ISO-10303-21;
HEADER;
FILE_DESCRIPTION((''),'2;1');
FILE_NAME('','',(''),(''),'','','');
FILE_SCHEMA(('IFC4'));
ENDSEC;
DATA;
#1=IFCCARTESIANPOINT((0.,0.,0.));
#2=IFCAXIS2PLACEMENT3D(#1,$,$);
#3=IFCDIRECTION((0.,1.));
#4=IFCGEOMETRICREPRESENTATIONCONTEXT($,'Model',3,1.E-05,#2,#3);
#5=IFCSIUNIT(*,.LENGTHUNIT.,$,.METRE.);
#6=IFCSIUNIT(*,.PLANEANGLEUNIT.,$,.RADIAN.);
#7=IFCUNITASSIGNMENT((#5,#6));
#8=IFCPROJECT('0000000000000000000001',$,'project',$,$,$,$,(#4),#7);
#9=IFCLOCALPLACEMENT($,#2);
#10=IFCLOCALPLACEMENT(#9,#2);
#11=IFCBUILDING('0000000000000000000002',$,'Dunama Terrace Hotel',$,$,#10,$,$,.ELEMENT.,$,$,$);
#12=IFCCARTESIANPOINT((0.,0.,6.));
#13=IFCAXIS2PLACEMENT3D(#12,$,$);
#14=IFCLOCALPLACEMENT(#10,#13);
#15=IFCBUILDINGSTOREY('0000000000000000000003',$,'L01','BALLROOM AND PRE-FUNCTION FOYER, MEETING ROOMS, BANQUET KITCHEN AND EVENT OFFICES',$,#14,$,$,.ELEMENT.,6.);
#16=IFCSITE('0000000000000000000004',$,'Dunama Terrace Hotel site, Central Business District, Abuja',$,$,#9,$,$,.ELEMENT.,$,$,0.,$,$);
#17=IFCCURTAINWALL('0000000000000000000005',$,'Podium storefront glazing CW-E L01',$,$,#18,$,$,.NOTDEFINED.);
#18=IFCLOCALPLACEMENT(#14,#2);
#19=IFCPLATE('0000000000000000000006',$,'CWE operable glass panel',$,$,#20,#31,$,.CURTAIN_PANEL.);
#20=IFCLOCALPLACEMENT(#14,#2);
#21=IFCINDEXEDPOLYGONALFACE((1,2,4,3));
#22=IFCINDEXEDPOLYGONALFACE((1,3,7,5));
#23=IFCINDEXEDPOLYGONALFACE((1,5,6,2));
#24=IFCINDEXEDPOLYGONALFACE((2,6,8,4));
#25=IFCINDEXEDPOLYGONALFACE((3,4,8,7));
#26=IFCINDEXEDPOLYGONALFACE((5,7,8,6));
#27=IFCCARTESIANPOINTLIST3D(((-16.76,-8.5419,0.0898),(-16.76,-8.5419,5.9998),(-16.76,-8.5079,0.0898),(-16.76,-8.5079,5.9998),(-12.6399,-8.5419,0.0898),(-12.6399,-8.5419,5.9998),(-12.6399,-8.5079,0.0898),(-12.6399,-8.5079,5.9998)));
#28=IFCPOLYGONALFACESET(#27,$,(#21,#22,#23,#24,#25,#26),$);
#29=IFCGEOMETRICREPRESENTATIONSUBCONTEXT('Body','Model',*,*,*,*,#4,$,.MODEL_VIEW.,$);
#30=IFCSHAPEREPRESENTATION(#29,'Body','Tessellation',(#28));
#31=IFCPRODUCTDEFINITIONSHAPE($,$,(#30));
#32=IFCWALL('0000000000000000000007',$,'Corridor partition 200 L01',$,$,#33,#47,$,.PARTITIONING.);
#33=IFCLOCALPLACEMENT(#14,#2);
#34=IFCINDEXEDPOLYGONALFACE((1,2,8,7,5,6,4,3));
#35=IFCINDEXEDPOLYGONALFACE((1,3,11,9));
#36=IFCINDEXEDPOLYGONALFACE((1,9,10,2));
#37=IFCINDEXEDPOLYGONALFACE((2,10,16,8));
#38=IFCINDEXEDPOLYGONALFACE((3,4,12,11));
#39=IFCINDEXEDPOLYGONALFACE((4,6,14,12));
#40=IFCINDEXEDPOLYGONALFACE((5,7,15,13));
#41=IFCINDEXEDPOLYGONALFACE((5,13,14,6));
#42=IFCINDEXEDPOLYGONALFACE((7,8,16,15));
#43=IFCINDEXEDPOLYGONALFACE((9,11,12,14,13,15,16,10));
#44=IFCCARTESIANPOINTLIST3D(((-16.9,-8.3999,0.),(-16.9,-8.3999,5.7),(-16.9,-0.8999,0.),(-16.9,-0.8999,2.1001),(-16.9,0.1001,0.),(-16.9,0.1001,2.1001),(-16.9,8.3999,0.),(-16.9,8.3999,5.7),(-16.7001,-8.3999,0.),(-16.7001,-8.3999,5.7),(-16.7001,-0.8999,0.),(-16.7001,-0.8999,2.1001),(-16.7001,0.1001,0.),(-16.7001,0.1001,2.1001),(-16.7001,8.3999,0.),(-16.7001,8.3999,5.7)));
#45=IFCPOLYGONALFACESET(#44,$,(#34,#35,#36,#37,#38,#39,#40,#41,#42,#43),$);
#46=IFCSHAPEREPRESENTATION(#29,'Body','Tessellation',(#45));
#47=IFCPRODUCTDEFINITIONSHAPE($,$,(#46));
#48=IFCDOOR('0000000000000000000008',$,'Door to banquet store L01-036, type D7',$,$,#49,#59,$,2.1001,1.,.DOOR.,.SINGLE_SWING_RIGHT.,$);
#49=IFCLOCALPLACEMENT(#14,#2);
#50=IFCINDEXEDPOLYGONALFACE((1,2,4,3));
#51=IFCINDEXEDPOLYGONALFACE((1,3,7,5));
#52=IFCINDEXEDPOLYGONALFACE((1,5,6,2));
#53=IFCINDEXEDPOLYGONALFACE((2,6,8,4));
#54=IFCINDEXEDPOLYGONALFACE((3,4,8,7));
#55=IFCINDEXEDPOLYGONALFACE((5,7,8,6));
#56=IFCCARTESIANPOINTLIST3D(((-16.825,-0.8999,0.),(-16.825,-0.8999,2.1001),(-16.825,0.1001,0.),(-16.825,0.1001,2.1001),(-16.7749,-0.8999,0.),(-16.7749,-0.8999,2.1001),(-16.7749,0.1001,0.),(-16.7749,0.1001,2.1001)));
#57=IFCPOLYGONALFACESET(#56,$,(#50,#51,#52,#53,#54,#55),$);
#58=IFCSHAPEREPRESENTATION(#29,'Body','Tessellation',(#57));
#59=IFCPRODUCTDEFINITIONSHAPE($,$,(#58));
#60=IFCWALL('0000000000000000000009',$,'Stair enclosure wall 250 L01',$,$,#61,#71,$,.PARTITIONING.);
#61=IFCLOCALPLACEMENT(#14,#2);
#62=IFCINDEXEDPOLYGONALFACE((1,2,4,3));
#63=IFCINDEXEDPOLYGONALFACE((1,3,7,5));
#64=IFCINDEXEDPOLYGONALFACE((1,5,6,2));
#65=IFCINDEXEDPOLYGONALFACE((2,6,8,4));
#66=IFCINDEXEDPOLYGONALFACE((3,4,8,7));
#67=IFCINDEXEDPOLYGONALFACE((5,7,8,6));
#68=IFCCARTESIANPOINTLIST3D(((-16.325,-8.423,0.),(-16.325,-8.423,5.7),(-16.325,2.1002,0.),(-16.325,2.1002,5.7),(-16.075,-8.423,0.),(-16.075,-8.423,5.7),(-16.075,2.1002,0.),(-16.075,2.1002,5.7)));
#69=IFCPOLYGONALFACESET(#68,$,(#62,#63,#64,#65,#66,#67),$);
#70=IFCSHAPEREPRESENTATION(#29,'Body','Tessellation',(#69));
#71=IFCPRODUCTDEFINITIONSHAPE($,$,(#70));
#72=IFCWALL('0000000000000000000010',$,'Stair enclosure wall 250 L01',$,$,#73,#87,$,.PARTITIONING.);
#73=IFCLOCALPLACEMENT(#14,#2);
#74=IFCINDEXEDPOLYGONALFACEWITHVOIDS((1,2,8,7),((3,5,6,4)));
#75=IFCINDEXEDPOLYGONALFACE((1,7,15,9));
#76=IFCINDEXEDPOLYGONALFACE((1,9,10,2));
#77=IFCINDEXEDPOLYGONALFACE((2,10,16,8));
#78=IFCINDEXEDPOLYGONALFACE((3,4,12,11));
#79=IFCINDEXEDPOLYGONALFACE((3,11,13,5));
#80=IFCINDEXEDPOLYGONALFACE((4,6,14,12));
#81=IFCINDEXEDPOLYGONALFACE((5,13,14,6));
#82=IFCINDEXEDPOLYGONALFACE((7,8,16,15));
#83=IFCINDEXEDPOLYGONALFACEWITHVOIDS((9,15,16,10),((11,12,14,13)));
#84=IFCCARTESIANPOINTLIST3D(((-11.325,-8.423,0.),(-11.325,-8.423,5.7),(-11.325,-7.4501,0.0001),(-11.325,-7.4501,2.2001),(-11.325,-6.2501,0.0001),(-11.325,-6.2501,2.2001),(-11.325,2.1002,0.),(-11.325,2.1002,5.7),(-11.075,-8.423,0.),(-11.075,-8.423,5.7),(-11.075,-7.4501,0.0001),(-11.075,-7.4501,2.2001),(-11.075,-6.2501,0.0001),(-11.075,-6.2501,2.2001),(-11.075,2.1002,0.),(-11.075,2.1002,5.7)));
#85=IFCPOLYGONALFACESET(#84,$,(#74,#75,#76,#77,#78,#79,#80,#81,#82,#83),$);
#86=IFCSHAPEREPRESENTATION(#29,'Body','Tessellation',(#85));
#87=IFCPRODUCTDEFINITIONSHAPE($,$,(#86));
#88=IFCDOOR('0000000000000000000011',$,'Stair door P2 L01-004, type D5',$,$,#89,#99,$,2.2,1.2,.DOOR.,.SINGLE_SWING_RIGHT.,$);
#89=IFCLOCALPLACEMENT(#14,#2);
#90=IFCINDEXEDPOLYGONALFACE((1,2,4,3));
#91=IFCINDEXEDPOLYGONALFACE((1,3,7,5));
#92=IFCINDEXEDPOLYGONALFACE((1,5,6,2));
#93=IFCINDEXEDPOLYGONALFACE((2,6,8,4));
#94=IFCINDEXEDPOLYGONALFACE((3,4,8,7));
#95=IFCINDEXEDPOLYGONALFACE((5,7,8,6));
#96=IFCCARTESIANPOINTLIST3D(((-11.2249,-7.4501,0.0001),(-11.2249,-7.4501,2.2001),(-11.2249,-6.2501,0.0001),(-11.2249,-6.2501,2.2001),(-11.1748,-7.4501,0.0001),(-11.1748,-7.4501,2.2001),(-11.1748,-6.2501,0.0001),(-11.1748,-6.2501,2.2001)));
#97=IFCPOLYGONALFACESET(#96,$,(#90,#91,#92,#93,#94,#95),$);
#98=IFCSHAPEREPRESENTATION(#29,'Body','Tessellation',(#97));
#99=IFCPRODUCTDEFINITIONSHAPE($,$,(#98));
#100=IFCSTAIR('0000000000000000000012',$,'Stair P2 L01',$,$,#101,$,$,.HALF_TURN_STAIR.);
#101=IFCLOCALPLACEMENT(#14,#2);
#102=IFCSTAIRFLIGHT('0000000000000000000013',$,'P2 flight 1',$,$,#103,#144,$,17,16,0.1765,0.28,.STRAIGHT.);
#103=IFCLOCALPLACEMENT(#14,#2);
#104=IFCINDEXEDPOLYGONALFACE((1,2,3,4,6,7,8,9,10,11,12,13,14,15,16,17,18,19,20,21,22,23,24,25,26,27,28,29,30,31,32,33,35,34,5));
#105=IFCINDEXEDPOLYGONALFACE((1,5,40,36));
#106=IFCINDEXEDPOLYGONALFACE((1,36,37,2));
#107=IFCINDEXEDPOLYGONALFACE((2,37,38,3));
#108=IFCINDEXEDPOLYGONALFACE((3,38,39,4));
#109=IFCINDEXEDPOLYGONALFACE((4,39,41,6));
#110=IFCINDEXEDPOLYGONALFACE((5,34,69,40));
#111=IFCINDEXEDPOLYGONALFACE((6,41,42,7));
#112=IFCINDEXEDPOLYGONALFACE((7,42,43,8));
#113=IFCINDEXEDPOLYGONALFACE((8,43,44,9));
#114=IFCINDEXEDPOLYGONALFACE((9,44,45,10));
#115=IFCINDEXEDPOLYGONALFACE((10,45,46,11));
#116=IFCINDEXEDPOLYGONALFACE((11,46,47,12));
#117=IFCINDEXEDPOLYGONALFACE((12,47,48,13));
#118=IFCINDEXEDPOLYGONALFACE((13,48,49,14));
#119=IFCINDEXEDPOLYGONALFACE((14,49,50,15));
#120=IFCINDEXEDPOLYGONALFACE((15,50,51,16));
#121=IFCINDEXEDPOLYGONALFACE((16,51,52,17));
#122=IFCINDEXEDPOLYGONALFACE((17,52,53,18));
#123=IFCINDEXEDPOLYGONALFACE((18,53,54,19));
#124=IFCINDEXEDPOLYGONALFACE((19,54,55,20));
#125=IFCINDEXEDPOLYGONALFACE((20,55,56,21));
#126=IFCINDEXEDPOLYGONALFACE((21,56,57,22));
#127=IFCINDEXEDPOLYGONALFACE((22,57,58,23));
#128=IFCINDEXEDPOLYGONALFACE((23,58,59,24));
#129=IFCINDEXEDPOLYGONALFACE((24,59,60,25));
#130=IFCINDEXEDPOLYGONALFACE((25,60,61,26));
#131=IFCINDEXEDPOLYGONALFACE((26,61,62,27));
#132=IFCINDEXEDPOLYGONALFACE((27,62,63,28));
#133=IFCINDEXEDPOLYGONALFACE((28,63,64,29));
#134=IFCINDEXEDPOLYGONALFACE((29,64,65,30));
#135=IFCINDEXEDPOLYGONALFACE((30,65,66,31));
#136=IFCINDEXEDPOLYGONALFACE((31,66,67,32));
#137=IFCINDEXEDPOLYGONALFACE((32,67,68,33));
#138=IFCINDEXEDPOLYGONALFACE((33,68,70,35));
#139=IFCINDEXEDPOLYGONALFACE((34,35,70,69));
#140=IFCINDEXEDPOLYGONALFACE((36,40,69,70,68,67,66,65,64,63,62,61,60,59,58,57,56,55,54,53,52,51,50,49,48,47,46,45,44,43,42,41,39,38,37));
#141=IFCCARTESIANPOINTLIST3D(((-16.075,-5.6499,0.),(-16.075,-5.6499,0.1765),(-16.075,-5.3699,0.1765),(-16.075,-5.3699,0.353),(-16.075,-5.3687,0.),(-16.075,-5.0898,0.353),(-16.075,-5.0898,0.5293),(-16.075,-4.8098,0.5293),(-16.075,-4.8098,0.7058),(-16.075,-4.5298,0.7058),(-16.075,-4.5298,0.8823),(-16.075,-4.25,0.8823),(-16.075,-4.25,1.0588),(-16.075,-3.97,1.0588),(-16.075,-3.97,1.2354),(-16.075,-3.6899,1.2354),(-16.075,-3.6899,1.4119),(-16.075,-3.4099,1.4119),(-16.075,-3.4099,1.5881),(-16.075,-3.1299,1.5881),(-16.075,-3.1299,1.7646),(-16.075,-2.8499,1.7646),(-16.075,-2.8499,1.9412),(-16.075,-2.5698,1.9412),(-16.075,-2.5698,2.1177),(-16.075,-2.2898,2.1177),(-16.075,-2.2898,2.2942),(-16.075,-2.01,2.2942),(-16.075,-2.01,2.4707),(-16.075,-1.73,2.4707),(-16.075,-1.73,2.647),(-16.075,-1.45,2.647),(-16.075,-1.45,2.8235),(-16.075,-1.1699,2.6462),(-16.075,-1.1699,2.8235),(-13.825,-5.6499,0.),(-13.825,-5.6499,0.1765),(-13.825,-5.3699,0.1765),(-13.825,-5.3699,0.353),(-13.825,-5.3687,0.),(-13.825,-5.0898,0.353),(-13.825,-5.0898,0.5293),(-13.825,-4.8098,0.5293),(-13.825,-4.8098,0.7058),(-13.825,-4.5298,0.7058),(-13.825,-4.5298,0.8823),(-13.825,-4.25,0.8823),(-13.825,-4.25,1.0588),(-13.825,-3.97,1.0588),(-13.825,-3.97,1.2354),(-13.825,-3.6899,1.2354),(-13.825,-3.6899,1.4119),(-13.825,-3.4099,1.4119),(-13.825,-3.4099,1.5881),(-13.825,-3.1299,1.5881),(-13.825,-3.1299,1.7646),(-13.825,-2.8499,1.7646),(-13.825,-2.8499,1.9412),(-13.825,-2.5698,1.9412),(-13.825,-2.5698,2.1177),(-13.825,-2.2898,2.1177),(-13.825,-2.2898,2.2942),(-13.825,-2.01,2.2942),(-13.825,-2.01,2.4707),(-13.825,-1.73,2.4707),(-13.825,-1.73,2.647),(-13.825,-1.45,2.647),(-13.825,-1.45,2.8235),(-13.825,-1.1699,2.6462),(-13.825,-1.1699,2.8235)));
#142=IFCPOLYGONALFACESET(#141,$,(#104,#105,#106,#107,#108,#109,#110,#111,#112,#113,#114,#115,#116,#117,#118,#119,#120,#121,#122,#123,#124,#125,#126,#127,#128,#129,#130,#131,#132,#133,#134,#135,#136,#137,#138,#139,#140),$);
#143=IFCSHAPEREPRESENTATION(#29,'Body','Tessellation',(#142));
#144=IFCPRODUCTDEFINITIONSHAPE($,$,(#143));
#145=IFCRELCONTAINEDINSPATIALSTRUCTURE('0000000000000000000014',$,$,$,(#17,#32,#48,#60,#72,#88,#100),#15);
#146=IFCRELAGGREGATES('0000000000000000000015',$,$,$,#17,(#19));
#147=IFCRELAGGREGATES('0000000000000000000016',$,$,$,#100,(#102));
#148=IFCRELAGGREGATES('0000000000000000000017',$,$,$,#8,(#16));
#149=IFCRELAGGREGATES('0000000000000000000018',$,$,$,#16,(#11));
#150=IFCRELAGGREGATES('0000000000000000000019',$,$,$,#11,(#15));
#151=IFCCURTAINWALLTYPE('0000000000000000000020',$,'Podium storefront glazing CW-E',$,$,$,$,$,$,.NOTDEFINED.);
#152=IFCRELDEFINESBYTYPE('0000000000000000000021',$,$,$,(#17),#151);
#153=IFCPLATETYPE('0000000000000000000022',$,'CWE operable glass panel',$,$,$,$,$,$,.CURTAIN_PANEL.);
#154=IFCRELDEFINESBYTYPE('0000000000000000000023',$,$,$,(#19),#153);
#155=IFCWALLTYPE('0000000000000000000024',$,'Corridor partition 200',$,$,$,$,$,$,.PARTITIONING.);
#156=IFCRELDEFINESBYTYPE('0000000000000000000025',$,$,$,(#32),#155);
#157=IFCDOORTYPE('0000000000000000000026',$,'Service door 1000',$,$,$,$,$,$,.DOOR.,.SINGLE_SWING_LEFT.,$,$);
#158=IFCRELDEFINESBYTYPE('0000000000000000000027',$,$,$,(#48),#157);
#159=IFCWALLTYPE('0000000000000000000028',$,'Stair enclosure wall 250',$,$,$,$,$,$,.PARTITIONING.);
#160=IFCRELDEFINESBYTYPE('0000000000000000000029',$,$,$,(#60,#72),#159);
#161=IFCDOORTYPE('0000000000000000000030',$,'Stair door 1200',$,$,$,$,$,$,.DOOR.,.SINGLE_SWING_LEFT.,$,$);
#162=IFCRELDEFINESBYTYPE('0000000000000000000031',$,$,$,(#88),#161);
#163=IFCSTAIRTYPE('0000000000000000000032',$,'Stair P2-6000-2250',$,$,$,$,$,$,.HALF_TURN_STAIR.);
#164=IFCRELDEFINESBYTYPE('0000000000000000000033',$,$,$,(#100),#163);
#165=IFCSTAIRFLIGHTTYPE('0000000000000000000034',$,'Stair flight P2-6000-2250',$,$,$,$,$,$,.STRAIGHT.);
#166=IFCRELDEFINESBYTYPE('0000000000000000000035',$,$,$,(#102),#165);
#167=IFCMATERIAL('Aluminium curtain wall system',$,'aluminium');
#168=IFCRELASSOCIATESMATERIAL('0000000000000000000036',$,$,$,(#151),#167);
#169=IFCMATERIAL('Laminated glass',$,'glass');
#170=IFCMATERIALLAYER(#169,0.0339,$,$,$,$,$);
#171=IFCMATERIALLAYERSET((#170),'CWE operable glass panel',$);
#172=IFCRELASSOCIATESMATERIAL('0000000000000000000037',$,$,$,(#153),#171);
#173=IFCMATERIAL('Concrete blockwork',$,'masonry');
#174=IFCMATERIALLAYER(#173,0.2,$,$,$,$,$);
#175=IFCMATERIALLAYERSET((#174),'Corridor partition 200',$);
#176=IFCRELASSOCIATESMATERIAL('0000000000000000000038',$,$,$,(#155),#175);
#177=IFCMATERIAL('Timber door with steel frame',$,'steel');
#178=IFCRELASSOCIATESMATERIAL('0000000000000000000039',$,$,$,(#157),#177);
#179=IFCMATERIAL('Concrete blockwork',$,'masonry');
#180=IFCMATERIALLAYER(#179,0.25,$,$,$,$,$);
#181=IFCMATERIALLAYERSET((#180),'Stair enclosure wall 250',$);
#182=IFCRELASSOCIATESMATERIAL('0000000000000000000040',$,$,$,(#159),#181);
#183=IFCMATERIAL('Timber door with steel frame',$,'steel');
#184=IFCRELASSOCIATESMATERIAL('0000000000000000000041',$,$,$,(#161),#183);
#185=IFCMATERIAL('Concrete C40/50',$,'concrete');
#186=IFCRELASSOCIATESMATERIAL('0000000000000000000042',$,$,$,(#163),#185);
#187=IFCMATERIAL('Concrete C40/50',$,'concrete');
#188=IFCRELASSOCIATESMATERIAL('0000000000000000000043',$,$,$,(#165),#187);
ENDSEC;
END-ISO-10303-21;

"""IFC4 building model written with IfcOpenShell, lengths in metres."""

from ifc_helpers import new_model, si_unit, direction, frame, frame_2d, origin, origin_2d, place, context, subcontext, project, spatial, polyline, rectangle, outline, extrude, material, layer, layer_set, type_object, element, fill, aggregate, save


model = new_model("IFC4")

# Units and contexts
model_context = context("Model", 3, precision=1e-05, world=origin(), true_north=direction((0.0, 1.0)))
body_context = subcontext(model_context, "Body", "Model", "MODEL_VIEW")
ifc_project = project(units=[si_unit("LENGTHUNIT", "METRE"), si_unit("PLANEANGLEUNIT", "RADIAN")], contexts=[model_context])

# Site, building, storey
site_placement = place(None, origin())
site = spatial("IfcSite", under=ifc_project, at=site_placement, Name="Dunama Terrace Hotel site, Central Business District, Abuja", CompositionType="ELEMENT", RefElevation=0.0)
building_placement = place(site_placement, origin())
building = spatial("IfcBuilding", under=site, at=building_placement, Name="Dunama Terrace Hotel", CompositionType="ELEMENT")
storey_placement = place(building_placement, frame((0.0, 0.0, 6.0)))
storey = spatial("IfcBuildingStorey", under=building, at=storey_placement, Name="L01", Description="BALLROOM AND PRE-FUNCTION FOYER, MEETING ROOMS, BANQUET KITCHEN AND EVENT OFFICES", CompositionType="ELEMENT", Elevation=6.0)

# Curtain wall
ifc_material_1 = material(Name="Aluminium curtain wall system", Category="aluminium")
curtain_wall_type = type_object("IfcCurtainWallType", Name="Podium storefront glazing CW-E", PredefinedType="NOTDEFINED", material=ifc_material_1)
curtain_wall_placement = place(storey_placement, origin())
curtain_wall = element("IfcCurtainWall", 1, at=curtain_wall_placement, inside=storey, type_object=curtain_wall_type, Name="Podium storefront glazing CW-E L01", PredefinedType="NOTDEFINED")

# Plate
ifc_material_2 = material(Name="Laminated glass", Category="glass")
ifc_layer_1 = layer(ifc_material_2, 0.0339)
ifc_layer_set_1 = layer_set([ifc_layer_1], Name="CWE operable glass panel")
plate_type_1 = type_object("IfcPlateType", Name="CWE operable glass panel", PredefinedType="CURTAIN_PANEL", material=ifc_layer_set_1)
plate_1_placement = place(storey_placement, frame((-14.7, -8.5249, 0.0898), z_axis=(0.0, 0.0, 1.0), x_axis=(1.0, 0.0, 0.0)))
plate_1 = element("IfcPlate", 2, at=plate_1_placement, type_object=plate_type_1, Name="CWE operable glass panel", PredefinedType="CURTAIN_PANEL", context=body_context, shape_type="SweptSolid", body=[
    extrude(rectangle(XDim=4.1201, YDim=0.0339, at=origin_2d()), origin(), (0.0, 0.0, 1.0), 5.9099),
])
aggregate(curtain_wall, [plate_1])

# Wall, opening, door
ifc_material_3 = material(Name="Concrete blockwork", Category="masonry")
ifc_layer_2 = layer(ifc_material_3, 0.2)
ifc_layer_set_2 = layer_set([ifc_layer_2], Name="Corridor partition 200")
wall_type_1 = type_object("IfcWallType", Name="Corridor partition 200", PredefinedType="PARTITIONING", material=ifc_layer_set_2)
wall_1_placement = place(storey_placement, frame((-16.8, -8.3999, 0.0), z_axis=(0.0, 0.0, 1.0), x_axis=(0.0, 1.0, 0.0)))
wall_1 = element("IfcWall", 3, at=wall_1_placement, inside=storey, type_object=wall_type_1, Name="Corridor partition 200 L01", PredefinedType="PARTITIONING", context=body_context, shape_type="SweptSolid", body=[
    extrude(rectangle(XDim=16.7998, YDim=0.2, at=frame_2d((8.3999, 0.0))), origin(), (0.0, 0.0, 1.0), 5.7),
])
opening_1_placement = place(wall_1_placement, frame((7.5, 0.0, 0.0)))
opening_1 = element("IfcOpeningElement", 4, at=opening_1_placement, cuts=wall_1, PredefinedType="OPENING", context=body_context, shape_type="SweptSolid", body=[
    extrude(rectangle(XDim=1.0, YDim=2.1001, at=frame_2d((0.5, 1.05))), frame((0.0, 0.1099, 0.0), z_axis=(0.0, -1.0, 0.0), x_axis=(1.0, 0.0, 0.0)), (0.0, 0.0, 1.0), 0.22),
])
ifc_material_4 = material(Name="Timber door with steel frame", Category="steel")
door_type_1 = type_object("IfcDoorType", Name="Service door 1000", OperationType="SINGLE_SWING_LEFT", PredefinedType="DOOR", material=ifc_material_4)
door_1_placement = place(opening_1_placement, origin())
door_1 = element("IfcDoor", 5, at=door_1_placement, inside=storey, type_object=door_type_1, Name="Door to banquet store L01-036, type D7", OperationType="SINGLE_SWING_RIGHT", OverallHeight=2.1001, OverallWidth=1.0, PredefinedType="DOOR", context=body_context, shape_type="SweptSolid", body=[
    extrude(rectangle(XDim=1.0, YDim=2.1001, at=frame_2d((0.5, 1.05))), frame((0.0, 0.0249, 0.0), z_axis=(0.0, -1.0, 0.0), x_axis=(1.0, 0.0, 0.0)), (0.0, 0.0, 1.0), 0.05),
])
fill(opening_1, door_1)

# Wall
ifc_material_5 = material(Name="Concrete blockwork", Category="masonry")
ifc_layer_3 = layer(ifc_material_5, 0.25)
ifc_layer_set_3 = layer_set([ifc_layer_3], Name="Stair enclosure wall 250")
wall_type_2 = type_object("IfcWallType", Name="Stair enclosure wall 250", PredefinedType="PARTITIONING", material=ifc_layer_set_3)
wall_2_placement = place(storey_placement, frame((-16.2, -8.4231, 0.0), z_axis=(0.0, 0.0, 1.0), x_axis=(0.0, 1.0, 0.0)))
element("IfcWall", 6, at=wall_2_placement, inside=storey, type_object=wall_type_2, Name="Stair enclosure wall 250 L01", PredefinedType="PARTITIONING", context=body_context, shape_type="SweptSolid", body=[
    extrude(rectangle(XDim=10.5232, YDim=0.25, at=frame_2d((5.2617, 0.0))), origin(), (0.0, 0.0, 1.0), 5.7),
])

# Wall, opening, door
wall_3_placement = place(storey_placement, frame((-11.2, -8.4231, 0.0), z_axis=(0.0, 0.0, 1.0), x_axis=(0.0, 1.0, 0.0)))
wall_3 = element("IfcWall", 7, at=wall_3_placement, inside=storey, type_object=wall_type_2, Name="Stair enclosure wall 250 L01", PredefinedType="PARTITIONING", context=body_context, shape_type="SweptSolid", body=[
    extrude(rectangle(XDim=10.5232, YDim=0.25, at=frame_2d((5.2617, 0.0))), origin(), (0.0, 0.0, 1.0), 5.7),
])
opening_2_placement = place(wall_3_placement, frame((0.9729, 0.0, 0.0)))
opening_2 = element("IfcOpeningElement", 8, at=opening_2_placement, cuts=wall_3, PredefinedType="OPENING", context=body_context, shape_type="SweptSolid", body=[
    extrude(rectangle(XDim=1.2, YDim=2.2, at=frame_2d((0.6001, 1.1001))), frame((0.0, 0.135, 0.0), z_axis=(0.0, -1.0, 0.0), x_axis=(1.0, 0.0, 0.0)), (0.0, 0.0, 1.0), 0.27),
])
ifc_material_6 = material(Name="Timber door with steel frame", Category="steel")
door_type_2 = type_object("IfcDoorType", Name="Stair door 1200", OperationType="SINGLE_SWING_LEFT", PredefinedType="DOOR", material=ifc_material_6)
door_2_placement = place(opening_2_placement, origin())
door_2 = element("IfcDoor", 9, at=door_2_placement, inside=storey, type_object=door_type_2, Name="Stair door P2 L01-004, type D5", OperationType="SINGLE_SWING_RIGHT", OverallHeight=2.2, OverallWidth=1.2, PredefinedType="DOOR", context=body_context, shape_type="SweptSolid", body=[
    extrude(rectangle(XDim=1.2, YDim=2.2, at=frame_2d((0.6001, 1.1001))), frame((0.0, 0.0249, 0.0), z_axis=(0.0, -1.0, 0.0), x_axis=(1.0, 0.0, 0.0)), (0.0, 0.0, 1.0), 0.05),
])
fill(opening_2, door_2)

# Stair, stair flight
ifc_material_7 = material(Name="Concrete C40/50", Category="concrete")
stair_type = type_object("IfcStairType", Name="Stair P2-6000-2250", PredefinedType="HALF_TURN_STAIR", material=ifc_material_7)
stair_placement = place(storey_placement, origin())
stair = element("IfcStair", 10, at=stair_placement, inside=storey, type_object=stair_type, Name="Stair P2 L01", PredefinedType="HALF_TURN_STAIR")
ifc_material_8 = material(Name="Concrete C40/50", Category="concrete")
stair_flight_type = type_object("IfcStairFlightType", Name="Stair flight P2-6000-2250", PredefinedType="STRAIGHT", material=ifc_material_8)
stair_flight_placement = place(storey_placement, frame((-14.95, -5.6499, 0.0), z_axis=(0.0, 0.0, 1.0), x_axis=(0.0, 1.0, 0.0)))
stair_flight = element("IfcStairFlight", 11, at=stair_flight_placement, type_object=stair_flight_type, Name="P2 flight 1", NumberOfRisers=17, NumberOfTreads=16, PredefinedType="STRAIGHT", RiserHeight=0.1765, TreadLength=0.28, context=body_context, shape_type="SweptSolid", body=[
    extrude(outline(polyline([(0.0, 0.0), (0.0, 0.1765), (0.28, 0.1765), (0.28, 0.353), (0.5601, 0.353), (0.5601, 0.5293), (0.8401, 0.5293), (0.8401, 0.7058), (1.1201, 0.7058), (1.1201, 0.8823), (1.3999, 0.8823), (1.3999, 1.0588), (1.6799, 1.0588), (1.6799, 1.2354), (1.96, 1.2354), (1.96, 1.4119), (2.24, 1.4119), (2.24, 1.5881), (2.52, 1.5881), (2.52, 1.7646), (2.8, 1.7646), (2.8, 1.9412), (3.0801, 1.9412), (3.0801, 2.1177), (3.3601, 2.1177), (3.3601, 2.2942), (3.6399, 2.2942), (3.6399, 2.4707), (3.9199, 2.4707), (3.9199, 2.647), (4.2, 2.647), (4.2, 2.8235), (4.48, 2.8235), (4.48, 3.0), (4.48, 2.6462), (0.2812, 0.0), (0.0, 0.0)])), frame((0.0, 1.125, 0.0), z_axis=(0.0, -1.0, 0.0), x_axis=(1.0, 0.0, 0.0)), (0.0, 0.0, 1.0), 2.25),
])
aggregate(stair, [stair_flight])

save(model, "model.ifc")
